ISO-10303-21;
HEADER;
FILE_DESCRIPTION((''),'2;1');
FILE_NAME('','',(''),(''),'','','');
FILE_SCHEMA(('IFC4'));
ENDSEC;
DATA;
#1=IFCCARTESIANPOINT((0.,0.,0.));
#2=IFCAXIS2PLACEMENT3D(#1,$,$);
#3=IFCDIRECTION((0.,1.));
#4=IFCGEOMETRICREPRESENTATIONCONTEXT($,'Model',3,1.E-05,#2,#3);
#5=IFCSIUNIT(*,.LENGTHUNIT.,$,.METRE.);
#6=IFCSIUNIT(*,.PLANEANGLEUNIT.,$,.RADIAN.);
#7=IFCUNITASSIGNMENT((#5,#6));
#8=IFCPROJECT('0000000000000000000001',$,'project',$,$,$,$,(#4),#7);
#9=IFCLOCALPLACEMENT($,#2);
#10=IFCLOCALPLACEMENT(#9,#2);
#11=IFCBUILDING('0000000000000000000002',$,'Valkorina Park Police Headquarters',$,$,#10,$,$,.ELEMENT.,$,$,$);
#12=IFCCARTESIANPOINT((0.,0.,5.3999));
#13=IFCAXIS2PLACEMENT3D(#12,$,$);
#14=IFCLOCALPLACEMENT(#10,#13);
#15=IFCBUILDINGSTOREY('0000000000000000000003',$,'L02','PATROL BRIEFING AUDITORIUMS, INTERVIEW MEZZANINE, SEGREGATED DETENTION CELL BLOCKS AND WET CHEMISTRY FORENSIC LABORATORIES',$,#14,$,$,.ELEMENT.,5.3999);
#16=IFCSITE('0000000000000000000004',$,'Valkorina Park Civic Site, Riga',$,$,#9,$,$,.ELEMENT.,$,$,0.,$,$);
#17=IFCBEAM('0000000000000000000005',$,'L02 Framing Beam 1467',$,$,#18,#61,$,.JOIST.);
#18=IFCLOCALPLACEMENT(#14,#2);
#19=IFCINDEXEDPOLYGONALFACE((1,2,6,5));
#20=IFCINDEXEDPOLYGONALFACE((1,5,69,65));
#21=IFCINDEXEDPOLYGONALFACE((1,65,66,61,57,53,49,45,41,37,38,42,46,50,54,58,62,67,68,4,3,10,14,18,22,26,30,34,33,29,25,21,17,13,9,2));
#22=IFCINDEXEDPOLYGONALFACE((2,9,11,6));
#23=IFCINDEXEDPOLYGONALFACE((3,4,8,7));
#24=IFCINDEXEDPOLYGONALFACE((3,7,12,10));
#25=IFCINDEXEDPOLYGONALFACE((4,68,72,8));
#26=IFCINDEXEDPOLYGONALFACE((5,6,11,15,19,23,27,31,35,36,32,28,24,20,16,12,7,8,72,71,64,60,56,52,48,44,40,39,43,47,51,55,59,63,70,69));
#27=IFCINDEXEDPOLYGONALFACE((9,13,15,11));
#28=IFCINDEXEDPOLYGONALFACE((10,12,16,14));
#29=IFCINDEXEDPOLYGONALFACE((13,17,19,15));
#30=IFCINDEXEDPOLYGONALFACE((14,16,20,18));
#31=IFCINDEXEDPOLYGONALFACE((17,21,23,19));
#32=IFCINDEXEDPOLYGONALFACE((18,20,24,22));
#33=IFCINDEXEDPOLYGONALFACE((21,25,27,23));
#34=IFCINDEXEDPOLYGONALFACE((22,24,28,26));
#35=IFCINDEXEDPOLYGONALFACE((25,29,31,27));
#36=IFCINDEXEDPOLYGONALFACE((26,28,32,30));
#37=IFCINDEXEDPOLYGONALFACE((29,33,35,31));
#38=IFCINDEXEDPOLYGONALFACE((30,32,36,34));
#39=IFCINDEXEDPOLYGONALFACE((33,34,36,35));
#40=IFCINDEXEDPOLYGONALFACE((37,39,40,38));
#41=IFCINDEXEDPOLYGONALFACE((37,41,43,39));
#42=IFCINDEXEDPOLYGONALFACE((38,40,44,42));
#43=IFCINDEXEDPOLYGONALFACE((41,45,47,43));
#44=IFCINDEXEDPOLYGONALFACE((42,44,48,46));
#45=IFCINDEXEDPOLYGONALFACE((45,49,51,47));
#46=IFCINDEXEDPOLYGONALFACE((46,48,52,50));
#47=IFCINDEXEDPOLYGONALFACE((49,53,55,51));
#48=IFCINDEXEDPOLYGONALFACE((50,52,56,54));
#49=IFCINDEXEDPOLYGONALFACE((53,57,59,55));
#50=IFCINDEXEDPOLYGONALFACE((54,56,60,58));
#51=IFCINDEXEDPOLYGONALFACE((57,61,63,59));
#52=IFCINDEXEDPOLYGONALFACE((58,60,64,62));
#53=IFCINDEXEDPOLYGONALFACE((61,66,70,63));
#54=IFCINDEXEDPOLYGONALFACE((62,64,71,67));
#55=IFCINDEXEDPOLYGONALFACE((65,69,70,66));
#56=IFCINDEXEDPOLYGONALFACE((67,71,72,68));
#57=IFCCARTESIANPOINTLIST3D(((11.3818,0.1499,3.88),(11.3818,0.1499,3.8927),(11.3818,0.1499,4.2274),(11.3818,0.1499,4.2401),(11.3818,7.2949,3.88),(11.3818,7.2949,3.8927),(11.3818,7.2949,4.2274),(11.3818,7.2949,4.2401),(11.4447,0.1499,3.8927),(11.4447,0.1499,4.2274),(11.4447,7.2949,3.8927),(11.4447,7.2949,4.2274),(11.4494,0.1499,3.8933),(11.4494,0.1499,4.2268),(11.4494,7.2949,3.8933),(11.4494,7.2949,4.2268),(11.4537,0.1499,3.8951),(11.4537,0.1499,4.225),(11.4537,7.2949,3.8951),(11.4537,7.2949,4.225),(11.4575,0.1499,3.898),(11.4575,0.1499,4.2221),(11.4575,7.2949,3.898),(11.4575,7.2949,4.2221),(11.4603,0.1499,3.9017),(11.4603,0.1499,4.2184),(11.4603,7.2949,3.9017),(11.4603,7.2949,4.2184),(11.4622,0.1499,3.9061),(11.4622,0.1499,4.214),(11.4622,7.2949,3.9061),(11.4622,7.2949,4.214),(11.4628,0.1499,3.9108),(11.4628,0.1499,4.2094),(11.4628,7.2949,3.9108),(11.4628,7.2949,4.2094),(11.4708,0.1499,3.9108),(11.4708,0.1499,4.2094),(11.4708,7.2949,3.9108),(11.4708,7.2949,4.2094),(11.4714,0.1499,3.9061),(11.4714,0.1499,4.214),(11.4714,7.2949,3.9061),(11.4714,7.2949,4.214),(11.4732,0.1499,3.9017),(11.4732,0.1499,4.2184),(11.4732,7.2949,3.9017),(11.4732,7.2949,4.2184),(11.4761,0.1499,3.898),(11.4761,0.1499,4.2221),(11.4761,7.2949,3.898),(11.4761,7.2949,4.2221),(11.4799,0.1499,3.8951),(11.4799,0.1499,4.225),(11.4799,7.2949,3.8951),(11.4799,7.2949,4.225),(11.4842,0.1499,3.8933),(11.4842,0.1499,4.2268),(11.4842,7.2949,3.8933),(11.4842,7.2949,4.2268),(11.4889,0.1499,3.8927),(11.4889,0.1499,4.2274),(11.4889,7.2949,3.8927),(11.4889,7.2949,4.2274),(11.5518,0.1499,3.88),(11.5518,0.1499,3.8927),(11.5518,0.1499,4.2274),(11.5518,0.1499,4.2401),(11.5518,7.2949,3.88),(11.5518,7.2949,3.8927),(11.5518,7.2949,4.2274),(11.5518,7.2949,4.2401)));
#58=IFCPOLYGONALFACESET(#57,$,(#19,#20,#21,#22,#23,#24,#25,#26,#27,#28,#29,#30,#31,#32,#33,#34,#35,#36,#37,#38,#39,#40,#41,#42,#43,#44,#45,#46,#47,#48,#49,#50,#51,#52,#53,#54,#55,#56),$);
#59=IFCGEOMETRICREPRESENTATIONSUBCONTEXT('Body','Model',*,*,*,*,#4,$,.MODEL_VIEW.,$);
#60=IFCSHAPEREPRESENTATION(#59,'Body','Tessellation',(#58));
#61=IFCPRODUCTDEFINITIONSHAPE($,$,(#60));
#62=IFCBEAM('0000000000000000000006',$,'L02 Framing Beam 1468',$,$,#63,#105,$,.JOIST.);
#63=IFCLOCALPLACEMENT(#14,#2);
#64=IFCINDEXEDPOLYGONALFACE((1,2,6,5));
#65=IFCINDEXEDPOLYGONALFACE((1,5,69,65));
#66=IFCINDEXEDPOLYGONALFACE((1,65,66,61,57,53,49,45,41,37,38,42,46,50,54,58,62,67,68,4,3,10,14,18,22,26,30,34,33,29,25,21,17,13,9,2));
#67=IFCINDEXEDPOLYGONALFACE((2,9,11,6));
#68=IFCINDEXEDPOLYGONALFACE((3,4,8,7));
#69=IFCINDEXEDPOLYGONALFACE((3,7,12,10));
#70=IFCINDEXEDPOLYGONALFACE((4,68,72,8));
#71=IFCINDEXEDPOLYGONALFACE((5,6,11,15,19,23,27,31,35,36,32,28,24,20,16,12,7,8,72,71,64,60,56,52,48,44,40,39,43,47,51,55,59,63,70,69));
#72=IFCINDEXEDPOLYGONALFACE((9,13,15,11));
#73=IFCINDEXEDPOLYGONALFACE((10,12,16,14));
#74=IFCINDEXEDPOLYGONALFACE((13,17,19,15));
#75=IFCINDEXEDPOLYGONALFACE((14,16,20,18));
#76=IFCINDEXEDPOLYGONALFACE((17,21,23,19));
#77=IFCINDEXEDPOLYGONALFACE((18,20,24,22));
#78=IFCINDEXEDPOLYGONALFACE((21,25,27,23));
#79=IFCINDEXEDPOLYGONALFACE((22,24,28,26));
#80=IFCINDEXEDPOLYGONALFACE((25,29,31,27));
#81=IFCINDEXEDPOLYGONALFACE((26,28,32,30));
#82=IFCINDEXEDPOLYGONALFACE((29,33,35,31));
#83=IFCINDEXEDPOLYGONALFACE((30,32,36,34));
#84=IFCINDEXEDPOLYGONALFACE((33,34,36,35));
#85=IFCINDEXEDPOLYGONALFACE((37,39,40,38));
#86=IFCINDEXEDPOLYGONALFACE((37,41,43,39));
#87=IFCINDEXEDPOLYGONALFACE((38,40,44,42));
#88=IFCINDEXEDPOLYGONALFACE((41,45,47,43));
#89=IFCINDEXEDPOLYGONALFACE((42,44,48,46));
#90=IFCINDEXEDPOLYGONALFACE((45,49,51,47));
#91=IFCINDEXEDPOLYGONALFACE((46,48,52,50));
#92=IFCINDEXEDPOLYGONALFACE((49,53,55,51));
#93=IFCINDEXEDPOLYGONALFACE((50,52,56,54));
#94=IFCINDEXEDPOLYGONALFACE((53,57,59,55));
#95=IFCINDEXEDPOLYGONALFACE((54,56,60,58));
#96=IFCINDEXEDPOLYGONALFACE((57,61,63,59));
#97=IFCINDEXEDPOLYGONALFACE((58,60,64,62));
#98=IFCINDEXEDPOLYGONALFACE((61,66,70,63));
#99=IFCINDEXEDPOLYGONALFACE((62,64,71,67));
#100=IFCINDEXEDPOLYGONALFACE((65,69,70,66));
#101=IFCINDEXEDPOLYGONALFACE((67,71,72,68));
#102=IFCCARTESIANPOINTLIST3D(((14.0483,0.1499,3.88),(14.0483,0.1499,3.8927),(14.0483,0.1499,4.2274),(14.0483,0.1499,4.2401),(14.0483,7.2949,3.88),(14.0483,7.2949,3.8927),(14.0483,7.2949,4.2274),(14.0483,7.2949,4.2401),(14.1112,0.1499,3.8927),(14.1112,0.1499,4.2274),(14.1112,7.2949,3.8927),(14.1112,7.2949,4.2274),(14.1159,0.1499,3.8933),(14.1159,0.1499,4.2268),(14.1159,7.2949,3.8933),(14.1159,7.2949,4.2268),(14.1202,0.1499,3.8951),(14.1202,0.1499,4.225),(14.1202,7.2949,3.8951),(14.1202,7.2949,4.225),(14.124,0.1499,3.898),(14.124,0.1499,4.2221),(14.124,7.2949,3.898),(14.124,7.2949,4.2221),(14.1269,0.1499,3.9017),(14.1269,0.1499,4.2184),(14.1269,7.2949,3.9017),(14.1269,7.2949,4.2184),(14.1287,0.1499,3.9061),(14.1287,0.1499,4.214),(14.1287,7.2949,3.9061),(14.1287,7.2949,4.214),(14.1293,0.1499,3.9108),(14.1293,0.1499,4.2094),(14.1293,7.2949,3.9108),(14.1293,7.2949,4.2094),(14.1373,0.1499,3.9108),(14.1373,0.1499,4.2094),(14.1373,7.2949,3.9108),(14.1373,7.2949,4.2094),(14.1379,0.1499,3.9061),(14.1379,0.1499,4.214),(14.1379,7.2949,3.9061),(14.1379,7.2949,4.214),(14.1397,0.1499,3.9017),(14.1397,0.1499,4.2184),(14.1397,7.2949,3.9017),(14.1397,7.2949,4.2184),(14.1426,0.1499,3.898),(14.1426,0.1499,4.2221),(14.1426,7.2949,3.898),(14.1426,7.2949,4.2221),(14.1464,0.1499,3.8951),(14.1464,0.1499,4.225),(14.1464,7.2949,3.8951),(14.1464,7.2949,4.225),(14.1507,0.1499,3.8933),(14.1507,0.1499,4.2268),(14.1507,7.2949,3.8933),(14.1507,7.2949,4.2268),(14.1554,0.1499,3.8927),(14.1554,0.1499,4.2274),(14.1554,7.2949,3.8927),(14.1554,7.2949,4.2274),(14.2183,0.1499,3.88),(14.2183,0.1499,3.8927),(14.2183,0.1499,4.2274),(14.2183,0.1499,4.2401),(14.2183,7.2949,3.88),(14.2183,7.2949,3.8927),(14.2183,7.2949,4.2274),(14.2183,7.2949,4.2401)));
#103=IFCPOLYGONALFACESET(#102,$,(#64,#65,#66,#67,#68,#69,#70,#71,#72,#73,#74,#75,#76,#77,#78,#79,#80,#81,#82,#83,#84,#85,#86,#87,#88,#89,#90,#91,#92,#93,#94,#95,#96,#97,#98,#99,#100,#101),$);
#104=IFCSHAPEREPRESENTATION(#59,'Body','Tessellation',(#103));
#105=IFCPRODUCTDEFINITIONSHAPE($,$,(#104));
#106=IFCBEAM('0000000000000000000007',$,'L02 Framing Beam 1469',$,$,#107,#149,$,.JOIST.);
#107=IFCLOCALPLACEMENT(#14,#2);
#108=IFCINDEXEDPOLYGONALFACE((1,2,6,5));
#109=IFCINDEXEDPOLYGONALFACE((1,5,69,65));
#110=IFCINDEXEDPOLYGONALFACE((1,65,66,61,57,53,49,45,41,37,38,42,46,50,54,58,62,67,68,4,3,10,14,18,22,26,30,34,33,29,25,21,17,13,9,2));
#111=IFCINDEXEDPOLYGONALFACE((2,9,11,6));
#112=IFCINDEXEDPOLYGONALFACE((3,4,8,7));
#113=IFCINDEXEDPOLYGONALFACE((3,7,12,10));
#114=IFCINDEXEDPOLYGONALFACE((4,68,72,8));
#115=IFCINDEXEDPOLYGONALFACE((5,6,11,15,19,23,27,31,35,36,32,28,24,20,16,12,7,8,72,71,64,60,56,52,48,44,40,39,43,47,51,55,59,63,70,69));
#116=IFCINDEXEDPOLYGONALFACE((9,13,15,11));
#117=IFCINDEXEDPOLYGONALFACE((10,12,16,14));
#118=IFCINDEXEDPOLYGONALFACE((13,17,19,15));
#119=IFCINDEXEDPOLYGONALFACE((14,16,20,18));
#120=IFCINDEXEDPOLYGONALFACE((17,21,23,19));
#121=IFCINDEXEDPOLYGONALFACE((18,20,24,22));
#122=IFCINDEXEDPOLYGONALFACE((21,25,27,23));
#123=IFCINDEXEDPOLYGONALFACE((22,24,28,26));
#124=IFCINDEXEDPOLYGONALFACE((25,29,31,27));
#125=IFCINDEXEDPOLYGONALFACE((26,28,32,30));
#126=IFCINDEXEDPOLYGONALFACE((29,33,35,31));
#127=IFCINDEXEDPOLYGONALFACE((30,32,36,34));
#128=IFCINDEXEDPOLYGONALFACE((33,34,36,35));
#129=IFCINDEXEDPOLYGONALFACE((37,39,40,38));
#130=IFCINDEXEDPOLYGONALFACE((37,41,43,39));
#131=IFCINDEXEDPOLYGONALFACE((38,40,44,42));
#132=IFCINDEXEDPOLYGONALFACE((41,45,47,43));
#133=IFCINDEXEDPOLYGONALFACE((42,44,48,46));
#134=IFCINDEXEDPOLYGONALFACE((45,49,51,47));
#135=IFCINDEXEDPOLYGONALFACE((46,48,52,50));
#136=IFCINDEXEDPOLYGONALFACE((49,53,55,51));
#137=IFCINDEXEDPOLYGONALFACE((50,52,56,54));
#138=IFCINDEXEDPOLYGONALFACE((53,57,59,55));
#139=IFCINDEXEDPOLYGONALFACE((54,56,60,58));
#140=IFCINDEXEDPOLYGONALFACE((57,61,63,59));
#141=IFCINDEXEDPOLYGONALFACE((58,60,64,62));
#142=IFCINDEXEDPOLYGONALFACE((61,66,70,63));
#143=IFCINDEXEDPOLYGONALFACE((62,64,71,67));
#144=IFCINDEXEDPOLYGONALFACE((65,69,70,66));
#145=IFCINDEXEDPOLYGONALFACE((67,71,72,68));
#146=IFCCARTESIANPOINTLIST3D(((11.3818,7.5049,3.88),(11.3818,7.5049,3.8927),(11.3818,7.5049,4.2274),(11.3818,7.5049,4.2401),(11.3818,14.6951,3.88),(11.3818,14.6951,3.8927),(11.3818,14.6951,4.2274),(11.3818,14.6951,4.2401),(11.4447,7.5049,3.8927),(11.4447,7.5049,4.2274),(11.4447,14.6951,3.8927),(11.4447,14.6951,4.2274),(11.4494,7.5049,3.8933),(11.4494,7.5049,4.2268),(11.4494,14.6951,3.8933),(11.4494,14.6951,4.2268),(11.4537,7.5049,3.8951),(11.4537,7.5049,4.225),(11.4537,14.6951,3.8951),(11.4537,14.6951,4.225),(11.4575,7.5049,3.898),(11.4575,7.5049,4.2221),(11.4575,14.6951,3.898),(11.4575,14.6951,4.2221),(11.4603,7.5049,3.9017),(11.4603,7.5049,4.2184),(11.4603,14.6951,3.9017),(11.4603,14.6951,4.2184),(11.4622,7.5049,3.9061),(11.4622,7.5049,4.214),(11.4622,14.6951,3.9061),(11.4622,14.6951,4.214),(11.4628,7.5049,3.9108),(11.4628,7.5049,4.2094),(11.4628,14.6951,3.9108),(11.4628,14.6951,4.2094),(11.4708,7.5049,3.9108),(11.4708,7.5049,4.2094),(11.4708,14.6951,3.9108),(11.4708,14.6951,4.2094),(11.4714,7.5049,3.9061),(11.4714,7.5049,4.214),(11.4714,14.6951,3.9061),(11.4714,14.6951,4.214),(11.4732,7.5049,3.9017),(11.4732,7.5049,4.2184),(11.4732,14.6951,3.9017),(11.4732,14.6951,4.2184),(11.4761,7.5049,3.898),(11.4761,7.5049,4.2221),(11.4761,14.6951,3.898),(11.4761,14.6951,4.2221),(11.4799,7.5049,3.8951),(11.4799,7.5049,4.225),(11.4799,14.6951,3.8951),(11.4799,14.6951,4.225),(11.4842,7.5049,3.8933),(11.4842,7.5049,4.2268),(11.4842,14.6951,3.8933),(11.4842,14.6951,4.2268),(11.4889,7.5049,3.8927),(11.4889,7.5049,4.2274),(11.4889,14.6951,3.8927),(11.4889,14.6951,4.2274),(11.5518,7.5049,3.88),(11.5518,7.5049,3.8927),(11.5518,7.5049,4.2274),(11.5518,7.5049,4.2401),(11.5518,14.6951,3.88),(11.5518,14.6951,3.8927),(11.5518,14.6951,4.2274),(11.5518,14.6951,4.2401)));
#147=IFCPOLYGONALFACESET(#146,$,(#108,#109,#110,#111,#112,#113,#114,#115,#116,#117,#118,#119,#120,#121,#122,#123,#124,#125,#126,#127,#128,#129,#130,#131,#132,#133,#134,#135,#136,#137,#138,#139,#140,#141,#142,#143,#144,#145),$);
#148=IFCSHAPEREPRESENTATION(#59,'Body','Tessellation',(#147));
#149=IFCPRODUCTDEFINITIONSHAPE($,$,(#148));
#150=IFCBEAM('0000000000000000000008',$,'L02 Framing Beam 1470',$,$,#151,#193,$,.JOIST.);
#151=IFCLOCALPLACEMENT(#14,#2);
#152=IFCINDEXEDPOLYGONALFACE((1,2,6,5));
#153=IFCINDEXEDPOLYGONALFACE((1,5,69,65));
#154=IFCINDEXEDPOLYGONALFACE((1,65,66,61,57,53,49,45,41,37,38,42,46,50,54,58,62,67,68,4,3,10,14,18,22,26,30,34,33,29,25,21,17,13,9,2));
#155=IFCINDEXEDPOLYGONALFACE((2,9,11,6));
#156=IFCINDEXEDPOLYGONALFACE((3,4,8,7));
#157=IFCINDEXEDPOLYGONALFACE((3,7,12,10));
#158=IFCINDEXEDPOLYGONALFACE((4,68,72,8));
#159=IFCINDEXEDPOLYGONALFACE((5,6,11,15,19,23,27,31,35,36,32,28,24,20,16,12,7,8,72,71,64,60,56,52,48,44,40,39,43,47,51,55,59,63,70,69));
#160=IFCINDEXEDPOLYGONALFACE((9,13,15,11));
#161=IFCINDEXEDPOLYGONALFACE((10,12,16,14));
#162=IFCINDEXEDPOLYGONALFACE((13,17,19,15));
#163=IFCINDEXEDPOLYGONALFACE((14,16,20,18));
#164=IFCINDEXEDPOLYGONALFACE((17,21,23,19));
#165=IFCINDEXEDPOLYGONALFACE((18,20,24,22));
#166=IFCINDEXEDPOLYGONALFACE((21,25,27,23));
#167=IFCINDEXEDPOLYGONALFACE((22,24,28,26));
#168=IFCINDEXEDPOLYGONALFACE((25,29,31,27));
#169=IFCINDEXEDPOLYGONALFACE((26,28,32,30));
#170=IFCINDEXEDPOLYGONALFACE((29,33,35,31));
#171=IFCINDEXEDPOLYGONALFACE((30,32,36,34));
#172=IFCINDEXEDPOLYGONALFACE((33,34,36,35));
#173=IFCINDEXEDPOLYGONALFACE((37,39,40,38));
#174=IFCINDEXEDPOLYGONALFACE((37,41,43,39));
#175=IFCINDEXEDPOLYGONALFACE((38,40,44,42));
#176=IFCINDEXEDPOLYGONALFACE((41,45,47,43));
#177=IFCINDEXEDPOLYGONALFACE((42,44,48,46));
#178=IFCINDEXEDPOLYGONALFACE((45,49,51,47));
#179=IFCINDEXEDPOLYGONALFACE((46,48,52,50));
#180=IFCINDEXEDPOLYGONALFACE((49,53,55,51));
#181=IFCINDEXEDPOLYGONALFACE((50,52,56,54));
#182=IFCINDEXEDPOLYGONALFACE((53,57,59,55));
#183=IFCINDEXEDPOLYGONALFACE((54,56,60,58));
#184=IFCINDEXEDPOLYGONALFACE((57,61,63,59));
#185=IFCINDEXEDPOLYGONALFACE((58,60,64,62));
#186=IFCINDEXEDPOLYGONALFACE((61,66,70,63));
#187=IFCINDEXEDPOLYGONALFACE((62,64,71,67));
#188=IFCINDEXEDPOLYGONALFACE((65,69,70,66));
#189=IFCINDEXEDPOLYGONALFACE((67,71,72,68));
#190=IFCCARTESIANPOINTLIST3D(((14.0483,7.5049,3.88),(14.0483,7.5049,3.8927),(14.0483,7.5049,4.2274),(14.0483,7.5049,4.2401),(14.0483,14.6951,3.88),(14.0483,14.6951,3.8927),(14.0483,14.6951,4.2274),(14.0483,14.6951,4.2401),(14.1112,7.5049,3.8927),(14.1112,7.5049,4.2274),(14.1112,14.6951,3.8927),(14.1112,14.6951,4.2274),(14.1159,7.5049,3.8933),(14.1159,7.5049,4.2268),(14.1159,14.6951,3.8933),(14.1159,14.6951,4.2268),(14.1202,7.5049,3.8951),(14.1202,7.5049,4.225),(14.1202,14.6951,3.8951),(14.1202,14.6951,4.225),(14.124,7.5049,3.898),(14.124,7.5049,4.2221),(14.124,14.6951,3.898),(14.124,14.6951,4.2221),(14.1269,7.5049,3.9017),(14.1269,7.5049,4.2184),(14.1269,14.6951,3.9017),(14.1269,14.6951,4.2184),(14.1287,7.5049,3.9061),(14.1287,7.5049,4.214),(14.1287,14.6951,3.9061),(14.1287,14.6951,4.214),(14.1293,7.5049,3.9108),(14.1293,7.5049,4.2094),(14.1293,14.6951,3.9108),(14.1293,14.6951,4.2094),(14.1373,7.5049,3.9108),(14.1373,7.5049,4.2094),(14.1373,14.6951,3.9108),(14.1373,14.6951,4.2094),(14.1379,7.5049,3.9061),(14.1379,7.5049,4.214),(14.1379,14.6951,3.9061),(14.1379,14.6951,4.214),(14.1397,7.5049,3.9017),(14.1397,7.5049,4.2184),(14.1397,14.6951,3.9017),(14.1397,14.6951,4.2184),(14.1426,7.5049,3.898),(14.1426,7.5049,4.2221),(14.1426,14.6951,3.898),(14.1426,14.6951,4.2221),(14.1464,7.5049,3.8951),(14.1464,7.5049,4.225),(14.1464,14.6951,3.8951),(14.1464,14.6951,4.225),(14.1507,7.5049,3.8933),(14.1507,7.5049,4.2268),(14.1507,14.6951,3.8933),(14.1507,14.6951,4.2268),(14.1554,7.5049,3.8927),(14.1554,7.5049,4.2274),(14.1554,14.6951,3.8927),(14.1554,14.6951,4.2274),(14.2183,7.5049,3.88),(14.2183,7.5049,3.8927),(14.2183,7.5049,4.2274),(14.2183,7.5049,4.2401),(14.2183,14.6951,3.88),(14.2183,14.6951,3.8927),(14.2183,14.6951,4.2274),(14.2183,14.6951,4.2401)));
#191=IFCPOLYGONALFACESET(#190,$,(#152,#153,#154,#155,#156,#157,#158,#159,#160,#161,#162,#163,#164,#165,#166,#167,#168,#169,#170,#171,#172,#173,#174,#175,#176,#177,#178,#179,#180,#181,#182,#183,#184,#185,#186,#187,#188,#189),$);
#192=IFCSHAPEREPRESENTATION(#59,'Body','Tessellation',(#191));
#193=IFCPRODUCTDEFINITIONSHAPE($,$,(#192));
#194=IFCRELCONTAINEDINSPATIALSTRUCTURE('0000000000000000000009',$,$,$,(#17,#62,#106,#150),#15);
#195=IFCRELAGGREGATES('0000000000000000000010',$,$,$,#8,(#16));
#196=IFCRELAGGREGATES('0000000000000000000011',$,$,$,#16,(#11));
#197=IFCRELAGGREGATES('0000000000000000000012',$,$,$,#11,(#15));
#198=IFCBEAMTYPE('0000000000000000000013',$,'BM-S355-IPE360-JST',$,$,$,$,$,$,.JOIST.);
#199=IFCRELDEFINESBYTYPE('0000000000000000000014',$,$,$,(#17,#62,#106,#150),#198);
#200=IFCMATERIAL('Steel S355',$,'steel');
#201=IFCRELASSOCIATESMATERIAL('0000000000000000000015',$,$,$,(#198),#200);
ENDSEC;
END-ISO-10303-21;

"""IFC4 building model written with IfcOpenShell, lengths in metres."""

from ifc_helpers import new_model, si_unit, direction, frame, origin, origin_2d, place, context, subcontext, project, spatial, i_section, extrude, material, material_profile, profile_set, type_object, element, save


model = new_model("IFC4")

# Units and contexts
model_context = context("Model", 3, precision=1e-05, world=origin(), true_north=direction((0.0, 1.0)))
body_context = subcontext(model_context, "Body", "Model", "MODEL_VIEW")
ifc_project = project(units=[si_unit("LENGTHUNIT", "METRE"), si_unit("PLANEANGLEUNIT", "RADIAN")], contexts=[model_context])

# Site, building, storey
site_placement = place(None, origin())
site = spatial("IfcSite", under=ifc_project, at=site_placement, Name="Valkorina Park Civic Site, Riga", CompositionType="ELEMENT", RefElevation=0.0)
building_placement = place(site_placement, origin())
building = spatial("IfcBuilding", under=site, at=building_placement, Name="Valkorina Park Police Headquarters", CompositionType="ELEMENT")
storey_placement = place(building_placement, frame((0.0, 0.0, 5.3999)))
storey = spatial("IfcBuildingStorey", under=building, at=storey_placement, Name="L02", Description="PATROL BRIEFING AUDITORIUMS, INTERVIEW MEZZANINE, SEGREGATED DETENTION CELL BLOCKS AND WET CHEMISTRY FORENSIC LABORATORIES", CompositionType="ELEMENT", Elevation=5.3999)

# Shared definitions
ifc_material_1 = material(Name="Steel S355", Category="steel")

# Beams
ifc_material_profile_1 = material_profile(ifc_material_1, i_section(OverallWidth=0.1699, OverallDepth=0.3601, WebThickness=0.0081, FlangeThickness=0.0127, FilletRadius=0.0181, at=origin_2d()), Name="IPE 360")
ifc_profile_set_1 = profile_set([ifc_material_profile_1], Name="Steel S355")
beam_type_1 = type_object("IfcBeamType", Name="BM-S355-IPE360-JST", PredefinedType="JOIST", material=ifc_profile_set_1)
for number, where, z_axis, x_axis, name in (
    (1, (11.4668, 0.1499, 4.0601), (0.0, 1.0, 0.0), (-1.0, 0.0, 0.0), "L02 Framing Beam 1467"),
    (2, (14.1333, 0.1499, 4.0601), (0.0, 1.0, 0.0), (-1.0, 0.0, 0.0), "L02 Framing Beam 1468"),
):
    element("IfcBeam", number, at=place(storey_placement, frame(where, z_axis=z_axis, x_axis=x_axis)), inside=storey, type_object=beam_type_1, Name=name, PredefinedType="JOIST", context=body_context, shape_type="SweptSolid", body=[
        extrude(i_section(OverallWidth=0.1699, OverallDepth=0.3601, WebThickness=0.0081, FlangeThickness=0.0127, FilletRadius=0.0181, at=origin_2d()), origin(), (0.0, 0.0, 1.0), 7.145),
    ])
for number, where, z_axis, x_axis, name in (
    (3, (11.4668, 7.5049, 4.0601), (0.0, 1.0, 0.0), (-1.0, 0.0, 0.0), "L02 Framing Beam 1469"),
    (4, (14.1333, 7.5049, 4.0601), (0.0, 1.0, 0.0), (-1.0, 0.0, 0.0), "L02 Framing Beam 1470"),
):
    element("IfcBeam", number, at=place(storey_placement, frame(where, z_axis=z_axis, x_axis=x_axis)), inside=storey, type_object=beam_type_1, Name=name, PredefinedType="JOIST", context=body_context, shape_type="SweptSolid", body=[
        extrude(i_section(OverallWidth=0.1699, OverallDepth=0.3601, WebThickness=0.0081, FlangeThickness=0.0127, FilletRadius=0.0181, at=origin_2d()), origin(), (0.0, 0.0, 1.0), 7.1902),
    ])

save(model, "model.ifc")
